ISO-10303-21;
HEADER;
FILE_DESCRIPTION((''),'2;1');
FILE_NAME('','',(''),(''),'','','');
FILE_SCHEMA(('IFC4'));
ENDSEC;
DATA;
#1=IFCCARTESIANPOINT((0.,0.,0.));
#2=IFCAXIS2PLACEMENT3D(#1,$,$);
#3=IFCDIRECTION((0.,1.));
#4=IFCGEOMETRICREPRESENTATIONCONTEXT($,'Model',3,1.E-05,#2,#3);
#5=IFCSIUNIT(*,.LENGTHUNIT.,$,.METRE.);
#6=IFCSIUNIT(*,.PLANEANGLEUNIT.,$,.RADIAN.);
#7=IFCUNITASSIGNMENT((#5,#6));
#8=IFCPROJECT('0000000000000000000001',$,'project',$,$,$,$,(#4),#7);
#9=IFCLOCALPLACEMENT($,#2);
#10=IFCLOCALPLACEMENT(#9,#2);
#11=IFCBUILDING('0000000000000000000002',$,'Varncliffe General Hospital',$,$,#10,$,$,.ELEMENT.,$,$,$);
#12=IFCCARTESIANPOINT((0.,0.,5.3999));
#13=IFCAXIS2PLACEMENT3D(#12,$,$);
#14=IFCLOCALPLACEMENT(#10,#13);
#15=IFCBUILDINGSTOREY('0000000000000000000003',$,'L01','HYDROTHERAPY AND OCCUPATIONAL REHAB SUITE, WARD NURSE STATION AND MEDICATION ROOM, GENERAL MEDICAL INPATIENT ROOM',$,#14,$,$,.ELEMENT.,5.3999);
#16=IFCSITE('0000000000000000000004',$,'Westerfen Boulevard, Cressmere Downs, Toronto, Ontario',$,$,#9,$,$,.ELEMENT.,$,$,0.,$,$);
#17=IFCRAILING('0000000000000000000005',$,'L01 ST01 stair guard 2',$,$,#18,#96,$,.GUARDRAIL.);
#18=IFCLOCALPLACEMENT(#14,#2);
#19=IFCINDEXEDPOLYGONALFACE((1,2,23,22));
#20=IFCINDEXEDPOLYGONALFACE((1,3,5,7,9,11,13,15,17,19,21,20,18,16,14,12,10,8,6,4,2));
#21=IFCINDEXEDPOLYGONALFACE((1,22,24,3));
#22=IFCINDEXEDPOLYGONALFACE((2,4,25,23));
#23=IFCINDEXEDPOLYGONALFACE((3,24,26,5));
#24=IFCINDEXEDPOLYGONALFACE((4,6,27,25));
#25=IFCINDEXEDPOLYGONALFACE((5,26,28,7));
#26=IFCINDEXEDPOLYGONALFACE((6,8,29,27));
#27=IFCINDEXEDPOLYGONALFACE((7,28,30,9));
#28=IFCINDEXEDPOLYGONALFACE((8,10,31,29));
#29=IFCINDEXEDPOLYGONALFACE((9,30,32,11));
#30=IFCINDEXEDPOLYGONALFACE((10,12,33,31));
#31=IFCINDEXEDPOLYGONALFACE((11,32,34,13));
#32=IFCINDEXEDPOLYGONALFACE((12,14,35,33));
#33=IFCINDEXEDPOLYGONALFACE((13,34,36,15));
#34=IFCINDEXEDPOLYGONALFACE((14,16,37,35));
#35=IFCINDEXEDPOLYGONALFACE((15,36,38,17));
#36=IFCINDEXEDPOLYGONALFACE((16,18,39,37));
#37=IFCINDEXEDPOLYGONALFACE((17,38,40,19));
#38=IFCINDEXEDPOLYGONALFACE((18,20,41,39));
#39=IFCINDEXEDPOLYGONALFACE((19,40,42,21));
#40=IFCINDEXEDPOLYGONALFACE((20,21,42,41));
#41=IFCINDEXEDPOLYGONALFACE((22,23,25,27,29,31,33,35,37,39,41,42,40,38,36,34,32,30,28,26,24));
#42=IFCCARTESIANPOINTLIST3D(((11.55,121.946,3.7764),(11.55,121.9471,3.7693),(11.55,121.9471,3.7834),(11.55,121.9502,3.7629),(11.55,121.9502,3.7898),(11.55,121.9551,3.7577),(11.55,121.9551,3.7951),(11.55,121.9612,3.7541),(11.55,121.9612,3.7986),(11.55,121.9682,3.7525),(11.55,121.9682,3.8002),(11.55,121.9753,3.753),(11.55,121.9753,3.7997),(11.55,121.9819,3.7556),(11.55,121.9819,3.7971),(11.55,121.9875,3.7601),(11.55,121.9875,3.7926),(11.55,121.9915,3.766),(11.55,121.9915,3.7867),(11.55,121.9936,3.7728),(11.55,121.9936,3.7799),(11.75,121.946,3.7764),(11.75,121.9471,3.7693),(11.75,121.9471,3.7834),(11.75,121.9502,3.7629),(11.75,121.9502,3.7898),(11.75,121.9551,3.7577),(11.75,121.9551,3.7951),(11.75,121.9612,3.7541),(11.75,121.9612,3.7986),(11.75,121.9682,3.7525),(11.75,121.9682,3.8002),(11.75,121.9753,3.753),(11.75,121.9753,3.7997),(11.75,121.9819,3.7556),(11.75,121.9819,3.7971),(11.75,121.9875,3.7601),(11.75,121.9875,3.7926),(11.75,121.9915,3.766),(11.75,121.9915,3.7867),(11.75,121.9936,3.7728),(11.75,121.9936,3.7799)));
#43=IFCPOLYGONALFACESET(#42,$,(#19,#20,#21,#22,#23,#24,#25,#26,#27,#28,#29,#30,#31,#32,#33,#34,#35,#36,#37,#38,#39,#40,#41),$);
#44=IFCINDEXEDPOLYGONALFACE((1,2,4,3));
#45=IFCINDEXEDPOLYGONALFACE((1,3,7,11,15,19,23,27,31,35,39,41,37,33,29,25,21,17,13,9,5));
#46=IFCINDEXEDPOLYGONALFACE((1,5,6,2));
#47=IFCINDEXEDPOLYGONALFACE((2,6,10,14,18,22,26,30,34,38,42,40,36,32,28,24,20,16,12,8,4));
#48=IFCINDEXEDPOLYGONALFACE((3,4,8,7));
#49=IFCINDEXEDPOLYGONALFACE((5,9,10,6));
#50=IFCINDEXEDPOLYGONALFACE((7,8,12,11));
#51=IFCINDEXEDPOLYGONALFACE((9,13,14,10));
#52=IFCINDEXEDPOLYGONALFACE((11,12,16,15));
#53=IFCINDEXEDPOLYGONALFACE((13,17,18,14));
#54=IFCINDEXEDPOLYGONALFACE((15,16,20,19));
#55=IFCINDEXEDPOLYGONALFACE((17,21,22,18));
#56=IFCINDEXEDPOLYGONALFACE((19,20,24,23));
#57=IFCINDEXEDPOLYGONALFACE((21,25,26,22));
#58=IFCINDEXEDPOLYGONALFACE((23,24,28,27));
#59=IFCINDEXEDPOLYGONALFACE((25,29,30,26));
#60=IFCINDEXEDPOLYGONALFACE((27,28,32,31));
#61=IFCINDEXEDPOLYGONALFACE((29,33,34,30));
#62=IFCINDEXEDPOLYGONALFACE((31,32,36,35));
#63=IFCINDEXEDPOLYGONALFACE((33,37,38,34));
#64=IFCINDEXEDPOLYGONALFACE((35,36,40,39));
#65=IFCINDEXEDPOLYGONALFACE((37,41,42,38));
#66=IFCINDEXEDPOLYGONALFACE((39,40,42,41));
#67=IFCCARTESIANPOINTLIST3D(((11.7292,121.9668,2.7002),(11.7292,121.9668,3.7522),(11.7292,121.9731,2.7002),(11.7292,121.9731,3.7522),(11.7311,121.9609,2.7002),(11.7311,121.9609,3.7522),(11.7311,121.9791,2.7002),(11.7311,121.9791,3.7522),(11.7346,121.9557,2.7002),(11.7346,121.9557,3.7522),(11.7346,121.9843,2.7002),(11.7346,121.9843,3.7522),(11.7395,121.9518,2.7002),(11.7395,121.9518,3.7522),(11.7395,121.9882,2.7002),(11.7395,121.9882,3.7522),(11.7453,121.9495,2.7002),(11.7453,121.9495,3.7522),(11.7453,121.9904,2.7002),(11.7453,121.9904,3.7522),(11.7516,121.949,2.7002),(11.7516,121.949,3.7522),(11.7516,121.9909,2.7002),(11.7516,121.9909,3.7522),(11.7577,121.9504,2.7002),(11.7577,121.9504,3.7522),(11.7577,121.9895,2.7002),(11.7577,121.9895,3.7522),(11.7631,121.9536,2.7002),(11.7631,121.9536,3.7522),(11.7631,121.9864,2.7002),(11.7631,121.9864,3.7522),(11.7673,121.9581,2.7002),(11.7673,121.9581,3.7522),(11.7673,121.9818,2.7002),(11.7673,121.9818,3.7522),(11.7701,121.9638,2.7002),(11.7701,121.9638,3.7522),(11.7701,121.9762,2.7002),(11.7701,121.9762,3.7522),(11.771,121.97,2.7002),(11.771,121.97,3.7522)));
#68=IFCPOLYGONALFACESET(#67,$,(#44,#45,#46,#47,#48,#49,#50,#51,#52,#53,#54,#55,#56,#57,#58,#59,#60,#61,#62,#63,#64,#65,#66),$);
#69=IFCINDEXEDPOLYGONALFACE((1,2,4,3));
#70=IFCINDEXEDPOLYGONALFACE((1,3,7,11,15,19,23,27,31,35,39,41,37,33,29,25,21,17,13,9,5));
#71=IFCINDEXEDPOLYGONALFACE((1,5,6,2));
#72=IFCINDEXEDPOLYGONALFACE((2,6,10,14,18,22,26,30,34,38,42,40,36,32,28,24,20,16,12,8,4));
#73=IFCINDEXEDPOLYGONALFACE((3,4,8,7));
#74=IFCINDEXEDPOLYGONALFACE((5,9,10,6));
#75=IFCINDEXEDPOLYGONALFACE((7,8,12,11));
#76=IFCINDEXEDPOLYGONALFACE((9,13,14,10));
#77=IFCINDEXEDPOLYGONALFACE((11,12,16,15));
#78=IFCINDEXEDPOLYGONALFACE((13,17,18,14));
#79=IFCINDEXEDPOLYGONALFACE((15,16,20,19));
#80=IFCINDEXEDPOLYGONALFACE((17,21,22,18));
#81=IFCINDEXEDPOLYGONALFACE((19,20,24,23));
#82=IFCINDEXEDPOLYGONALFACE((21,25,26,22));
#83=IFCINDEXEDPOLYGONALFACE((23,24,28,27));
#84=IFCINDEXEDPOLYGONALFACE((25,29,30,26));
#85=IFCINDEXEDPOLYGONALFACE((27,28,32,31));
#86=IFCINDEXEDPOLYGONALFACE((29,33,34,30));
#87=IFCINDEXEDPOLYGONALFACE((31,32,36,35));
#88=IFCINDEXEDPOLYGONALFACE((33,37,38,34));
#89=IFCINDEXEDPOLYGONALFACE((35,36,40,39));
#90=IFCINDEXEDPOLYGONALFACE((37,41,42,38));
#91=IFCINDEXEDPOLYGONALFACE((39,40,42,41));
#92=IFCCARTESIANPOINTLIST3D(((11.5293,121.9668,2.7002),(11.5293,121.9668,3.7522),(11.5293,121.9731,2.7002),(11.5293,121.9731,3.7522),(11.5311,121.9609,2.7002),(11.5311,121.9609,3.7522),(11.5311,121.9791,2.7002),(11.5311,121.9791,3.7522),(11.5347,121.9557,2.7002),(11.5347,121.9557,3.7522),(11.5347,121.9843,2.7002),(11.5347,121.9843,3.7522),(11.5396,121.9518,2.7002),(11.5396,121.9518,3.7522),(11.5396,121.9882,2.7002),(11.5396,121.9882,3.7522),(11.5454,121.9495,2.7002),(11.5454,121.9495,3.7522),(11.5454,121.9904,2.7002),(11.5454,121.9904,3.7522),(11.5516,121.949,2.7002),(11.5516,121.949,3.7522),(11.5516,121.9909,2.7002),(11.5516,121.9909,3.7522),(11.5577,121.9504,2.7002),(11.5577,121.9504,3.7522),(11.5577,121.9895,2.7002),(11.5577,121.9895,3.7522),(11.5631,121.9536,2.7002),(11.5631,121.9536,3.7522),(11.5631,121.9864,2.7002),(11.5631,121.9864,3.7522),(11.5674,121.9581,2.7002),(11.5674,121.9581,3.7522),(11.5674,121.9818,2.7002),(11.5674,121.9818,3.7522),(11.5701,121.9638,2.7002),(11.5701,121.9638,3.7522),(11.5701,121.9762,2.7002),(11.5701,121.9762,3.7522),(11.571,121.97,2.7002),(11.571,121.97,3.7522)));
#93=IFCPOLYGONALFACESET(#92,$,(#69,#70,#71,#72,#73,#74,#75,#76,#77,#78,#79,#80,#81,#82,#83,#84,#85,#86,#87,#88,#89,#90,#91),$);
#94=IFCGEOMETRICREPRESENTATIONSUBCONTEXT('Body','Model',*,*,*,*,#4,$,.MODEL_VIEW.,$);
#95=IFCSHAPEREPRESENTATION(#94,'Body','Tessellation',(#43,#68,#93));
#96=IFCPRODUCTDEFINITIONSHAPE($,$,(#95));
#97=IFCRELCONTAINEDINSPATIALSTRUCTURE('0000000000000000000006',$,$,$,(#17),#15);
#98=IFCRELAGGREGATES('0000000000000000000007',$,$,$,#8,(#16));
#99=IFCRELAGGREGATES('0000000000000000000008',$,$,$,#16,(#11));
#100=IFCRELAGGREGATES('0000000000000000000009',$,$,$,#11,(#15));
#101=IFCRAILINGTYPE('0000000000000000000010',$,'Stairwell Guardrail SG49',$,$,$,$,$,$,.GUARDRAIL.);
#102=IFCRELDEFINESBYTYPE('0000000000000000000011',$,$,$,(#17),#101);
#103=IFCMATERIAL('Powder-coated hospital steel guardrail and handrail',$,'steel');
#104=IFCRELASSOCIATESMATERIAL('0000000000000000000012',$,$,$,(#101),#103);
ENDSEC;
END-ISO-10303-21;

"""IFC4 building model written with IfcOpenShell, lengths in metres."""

from ifc_helpers import new_model, si_unit, direction, frame, origin, origin_2d, place, context, subcontext, project, spatial, circle, extrude, material, type_object, element, save


model = new_model("IFC4")

# Units and contexts
model_context = context("Model", 3, precision=1e-05, world=origin(), true_north=direction((0.0, 1.0)))
body_context = subcontext(model_context, "Body", "Model", "MODEL_VIEW")
ifc_project = project(units=[si_unit("LENGTHUNIT", "METRE"), si_unit("PLANEANGLEUNIT", "RADIAN")], contexts=[model_context])

# Site, building, storey
site_placement = place(None, origin())
site = spatial("IfcSite", under=ifc_project, at=site_placement, Name="Westerfen Boulevard, Cressmere Downs, Toronto, Ontario", CompositionType="ELEMENT", RefElevation=0.0)
building_placement = place(site_placement, origin())
building = spatial("IfcBuilding", under=site, at=building_placement, Name="Varncliffe General Hospital", CompositionType="ELEMENT")
storey_placement = place(building_placement, frame((0.0, 0.0, 5.3999)))
storey = spatial("IfcBuildingStorey", under=building, at=storey_placement, Name="L01", Description="HYDROTHERAPY AND OCCUPATIONAL REHAB SUITE, WARD NURSE STATION AND MEDICATION ROOM, GENERAL MEDICAL INPATIENT ROOM", CompositionType="ELEMENT", Elevation=5.3999)

# Railing
ifc_material_1 = material(Name="Powder-coated hospital steel guardrail and handrail", Category="steel")
railing_type_1 = type_object("IfcRailingType", Name="Stairwell Guardrail SG49", PredefinedType="GUARDRAIL", material=ifc_material_1)
railing_1_placement = place(storey_placement, frame((11.75, 121.97, 2.7002)))
element("IfcRailing", 1, at=railing_1_placement, inside=storey, type_object=railing_type_1, Name="L01 ST01 stair guard 2", PredefinedType="GUARDRAIL", context=body_context, shape_type="SweptSolid", body=[
    extrude(circle(Radius=0.0239, at=origin_2d()), frame((0.0, 0.0, 1.0762), z_axis=(-1.0, 0.0, 0.0), x_axis=(0.0, -1.0, 0.0)), (0.0, 0.0, 1.0), 0.2),
    extrude(circle(Radius=0.021, at=origin_2d()), origin(), (0.0, 0.0, 1.0), 1.052),
    extrude(circle(Radius=0.021, at=origin_2d()), frame((-0.2, 0.0, 0.0)), (0.0, 0.0, 1.0), 1.052),
])

save(model, "model.ifc")
